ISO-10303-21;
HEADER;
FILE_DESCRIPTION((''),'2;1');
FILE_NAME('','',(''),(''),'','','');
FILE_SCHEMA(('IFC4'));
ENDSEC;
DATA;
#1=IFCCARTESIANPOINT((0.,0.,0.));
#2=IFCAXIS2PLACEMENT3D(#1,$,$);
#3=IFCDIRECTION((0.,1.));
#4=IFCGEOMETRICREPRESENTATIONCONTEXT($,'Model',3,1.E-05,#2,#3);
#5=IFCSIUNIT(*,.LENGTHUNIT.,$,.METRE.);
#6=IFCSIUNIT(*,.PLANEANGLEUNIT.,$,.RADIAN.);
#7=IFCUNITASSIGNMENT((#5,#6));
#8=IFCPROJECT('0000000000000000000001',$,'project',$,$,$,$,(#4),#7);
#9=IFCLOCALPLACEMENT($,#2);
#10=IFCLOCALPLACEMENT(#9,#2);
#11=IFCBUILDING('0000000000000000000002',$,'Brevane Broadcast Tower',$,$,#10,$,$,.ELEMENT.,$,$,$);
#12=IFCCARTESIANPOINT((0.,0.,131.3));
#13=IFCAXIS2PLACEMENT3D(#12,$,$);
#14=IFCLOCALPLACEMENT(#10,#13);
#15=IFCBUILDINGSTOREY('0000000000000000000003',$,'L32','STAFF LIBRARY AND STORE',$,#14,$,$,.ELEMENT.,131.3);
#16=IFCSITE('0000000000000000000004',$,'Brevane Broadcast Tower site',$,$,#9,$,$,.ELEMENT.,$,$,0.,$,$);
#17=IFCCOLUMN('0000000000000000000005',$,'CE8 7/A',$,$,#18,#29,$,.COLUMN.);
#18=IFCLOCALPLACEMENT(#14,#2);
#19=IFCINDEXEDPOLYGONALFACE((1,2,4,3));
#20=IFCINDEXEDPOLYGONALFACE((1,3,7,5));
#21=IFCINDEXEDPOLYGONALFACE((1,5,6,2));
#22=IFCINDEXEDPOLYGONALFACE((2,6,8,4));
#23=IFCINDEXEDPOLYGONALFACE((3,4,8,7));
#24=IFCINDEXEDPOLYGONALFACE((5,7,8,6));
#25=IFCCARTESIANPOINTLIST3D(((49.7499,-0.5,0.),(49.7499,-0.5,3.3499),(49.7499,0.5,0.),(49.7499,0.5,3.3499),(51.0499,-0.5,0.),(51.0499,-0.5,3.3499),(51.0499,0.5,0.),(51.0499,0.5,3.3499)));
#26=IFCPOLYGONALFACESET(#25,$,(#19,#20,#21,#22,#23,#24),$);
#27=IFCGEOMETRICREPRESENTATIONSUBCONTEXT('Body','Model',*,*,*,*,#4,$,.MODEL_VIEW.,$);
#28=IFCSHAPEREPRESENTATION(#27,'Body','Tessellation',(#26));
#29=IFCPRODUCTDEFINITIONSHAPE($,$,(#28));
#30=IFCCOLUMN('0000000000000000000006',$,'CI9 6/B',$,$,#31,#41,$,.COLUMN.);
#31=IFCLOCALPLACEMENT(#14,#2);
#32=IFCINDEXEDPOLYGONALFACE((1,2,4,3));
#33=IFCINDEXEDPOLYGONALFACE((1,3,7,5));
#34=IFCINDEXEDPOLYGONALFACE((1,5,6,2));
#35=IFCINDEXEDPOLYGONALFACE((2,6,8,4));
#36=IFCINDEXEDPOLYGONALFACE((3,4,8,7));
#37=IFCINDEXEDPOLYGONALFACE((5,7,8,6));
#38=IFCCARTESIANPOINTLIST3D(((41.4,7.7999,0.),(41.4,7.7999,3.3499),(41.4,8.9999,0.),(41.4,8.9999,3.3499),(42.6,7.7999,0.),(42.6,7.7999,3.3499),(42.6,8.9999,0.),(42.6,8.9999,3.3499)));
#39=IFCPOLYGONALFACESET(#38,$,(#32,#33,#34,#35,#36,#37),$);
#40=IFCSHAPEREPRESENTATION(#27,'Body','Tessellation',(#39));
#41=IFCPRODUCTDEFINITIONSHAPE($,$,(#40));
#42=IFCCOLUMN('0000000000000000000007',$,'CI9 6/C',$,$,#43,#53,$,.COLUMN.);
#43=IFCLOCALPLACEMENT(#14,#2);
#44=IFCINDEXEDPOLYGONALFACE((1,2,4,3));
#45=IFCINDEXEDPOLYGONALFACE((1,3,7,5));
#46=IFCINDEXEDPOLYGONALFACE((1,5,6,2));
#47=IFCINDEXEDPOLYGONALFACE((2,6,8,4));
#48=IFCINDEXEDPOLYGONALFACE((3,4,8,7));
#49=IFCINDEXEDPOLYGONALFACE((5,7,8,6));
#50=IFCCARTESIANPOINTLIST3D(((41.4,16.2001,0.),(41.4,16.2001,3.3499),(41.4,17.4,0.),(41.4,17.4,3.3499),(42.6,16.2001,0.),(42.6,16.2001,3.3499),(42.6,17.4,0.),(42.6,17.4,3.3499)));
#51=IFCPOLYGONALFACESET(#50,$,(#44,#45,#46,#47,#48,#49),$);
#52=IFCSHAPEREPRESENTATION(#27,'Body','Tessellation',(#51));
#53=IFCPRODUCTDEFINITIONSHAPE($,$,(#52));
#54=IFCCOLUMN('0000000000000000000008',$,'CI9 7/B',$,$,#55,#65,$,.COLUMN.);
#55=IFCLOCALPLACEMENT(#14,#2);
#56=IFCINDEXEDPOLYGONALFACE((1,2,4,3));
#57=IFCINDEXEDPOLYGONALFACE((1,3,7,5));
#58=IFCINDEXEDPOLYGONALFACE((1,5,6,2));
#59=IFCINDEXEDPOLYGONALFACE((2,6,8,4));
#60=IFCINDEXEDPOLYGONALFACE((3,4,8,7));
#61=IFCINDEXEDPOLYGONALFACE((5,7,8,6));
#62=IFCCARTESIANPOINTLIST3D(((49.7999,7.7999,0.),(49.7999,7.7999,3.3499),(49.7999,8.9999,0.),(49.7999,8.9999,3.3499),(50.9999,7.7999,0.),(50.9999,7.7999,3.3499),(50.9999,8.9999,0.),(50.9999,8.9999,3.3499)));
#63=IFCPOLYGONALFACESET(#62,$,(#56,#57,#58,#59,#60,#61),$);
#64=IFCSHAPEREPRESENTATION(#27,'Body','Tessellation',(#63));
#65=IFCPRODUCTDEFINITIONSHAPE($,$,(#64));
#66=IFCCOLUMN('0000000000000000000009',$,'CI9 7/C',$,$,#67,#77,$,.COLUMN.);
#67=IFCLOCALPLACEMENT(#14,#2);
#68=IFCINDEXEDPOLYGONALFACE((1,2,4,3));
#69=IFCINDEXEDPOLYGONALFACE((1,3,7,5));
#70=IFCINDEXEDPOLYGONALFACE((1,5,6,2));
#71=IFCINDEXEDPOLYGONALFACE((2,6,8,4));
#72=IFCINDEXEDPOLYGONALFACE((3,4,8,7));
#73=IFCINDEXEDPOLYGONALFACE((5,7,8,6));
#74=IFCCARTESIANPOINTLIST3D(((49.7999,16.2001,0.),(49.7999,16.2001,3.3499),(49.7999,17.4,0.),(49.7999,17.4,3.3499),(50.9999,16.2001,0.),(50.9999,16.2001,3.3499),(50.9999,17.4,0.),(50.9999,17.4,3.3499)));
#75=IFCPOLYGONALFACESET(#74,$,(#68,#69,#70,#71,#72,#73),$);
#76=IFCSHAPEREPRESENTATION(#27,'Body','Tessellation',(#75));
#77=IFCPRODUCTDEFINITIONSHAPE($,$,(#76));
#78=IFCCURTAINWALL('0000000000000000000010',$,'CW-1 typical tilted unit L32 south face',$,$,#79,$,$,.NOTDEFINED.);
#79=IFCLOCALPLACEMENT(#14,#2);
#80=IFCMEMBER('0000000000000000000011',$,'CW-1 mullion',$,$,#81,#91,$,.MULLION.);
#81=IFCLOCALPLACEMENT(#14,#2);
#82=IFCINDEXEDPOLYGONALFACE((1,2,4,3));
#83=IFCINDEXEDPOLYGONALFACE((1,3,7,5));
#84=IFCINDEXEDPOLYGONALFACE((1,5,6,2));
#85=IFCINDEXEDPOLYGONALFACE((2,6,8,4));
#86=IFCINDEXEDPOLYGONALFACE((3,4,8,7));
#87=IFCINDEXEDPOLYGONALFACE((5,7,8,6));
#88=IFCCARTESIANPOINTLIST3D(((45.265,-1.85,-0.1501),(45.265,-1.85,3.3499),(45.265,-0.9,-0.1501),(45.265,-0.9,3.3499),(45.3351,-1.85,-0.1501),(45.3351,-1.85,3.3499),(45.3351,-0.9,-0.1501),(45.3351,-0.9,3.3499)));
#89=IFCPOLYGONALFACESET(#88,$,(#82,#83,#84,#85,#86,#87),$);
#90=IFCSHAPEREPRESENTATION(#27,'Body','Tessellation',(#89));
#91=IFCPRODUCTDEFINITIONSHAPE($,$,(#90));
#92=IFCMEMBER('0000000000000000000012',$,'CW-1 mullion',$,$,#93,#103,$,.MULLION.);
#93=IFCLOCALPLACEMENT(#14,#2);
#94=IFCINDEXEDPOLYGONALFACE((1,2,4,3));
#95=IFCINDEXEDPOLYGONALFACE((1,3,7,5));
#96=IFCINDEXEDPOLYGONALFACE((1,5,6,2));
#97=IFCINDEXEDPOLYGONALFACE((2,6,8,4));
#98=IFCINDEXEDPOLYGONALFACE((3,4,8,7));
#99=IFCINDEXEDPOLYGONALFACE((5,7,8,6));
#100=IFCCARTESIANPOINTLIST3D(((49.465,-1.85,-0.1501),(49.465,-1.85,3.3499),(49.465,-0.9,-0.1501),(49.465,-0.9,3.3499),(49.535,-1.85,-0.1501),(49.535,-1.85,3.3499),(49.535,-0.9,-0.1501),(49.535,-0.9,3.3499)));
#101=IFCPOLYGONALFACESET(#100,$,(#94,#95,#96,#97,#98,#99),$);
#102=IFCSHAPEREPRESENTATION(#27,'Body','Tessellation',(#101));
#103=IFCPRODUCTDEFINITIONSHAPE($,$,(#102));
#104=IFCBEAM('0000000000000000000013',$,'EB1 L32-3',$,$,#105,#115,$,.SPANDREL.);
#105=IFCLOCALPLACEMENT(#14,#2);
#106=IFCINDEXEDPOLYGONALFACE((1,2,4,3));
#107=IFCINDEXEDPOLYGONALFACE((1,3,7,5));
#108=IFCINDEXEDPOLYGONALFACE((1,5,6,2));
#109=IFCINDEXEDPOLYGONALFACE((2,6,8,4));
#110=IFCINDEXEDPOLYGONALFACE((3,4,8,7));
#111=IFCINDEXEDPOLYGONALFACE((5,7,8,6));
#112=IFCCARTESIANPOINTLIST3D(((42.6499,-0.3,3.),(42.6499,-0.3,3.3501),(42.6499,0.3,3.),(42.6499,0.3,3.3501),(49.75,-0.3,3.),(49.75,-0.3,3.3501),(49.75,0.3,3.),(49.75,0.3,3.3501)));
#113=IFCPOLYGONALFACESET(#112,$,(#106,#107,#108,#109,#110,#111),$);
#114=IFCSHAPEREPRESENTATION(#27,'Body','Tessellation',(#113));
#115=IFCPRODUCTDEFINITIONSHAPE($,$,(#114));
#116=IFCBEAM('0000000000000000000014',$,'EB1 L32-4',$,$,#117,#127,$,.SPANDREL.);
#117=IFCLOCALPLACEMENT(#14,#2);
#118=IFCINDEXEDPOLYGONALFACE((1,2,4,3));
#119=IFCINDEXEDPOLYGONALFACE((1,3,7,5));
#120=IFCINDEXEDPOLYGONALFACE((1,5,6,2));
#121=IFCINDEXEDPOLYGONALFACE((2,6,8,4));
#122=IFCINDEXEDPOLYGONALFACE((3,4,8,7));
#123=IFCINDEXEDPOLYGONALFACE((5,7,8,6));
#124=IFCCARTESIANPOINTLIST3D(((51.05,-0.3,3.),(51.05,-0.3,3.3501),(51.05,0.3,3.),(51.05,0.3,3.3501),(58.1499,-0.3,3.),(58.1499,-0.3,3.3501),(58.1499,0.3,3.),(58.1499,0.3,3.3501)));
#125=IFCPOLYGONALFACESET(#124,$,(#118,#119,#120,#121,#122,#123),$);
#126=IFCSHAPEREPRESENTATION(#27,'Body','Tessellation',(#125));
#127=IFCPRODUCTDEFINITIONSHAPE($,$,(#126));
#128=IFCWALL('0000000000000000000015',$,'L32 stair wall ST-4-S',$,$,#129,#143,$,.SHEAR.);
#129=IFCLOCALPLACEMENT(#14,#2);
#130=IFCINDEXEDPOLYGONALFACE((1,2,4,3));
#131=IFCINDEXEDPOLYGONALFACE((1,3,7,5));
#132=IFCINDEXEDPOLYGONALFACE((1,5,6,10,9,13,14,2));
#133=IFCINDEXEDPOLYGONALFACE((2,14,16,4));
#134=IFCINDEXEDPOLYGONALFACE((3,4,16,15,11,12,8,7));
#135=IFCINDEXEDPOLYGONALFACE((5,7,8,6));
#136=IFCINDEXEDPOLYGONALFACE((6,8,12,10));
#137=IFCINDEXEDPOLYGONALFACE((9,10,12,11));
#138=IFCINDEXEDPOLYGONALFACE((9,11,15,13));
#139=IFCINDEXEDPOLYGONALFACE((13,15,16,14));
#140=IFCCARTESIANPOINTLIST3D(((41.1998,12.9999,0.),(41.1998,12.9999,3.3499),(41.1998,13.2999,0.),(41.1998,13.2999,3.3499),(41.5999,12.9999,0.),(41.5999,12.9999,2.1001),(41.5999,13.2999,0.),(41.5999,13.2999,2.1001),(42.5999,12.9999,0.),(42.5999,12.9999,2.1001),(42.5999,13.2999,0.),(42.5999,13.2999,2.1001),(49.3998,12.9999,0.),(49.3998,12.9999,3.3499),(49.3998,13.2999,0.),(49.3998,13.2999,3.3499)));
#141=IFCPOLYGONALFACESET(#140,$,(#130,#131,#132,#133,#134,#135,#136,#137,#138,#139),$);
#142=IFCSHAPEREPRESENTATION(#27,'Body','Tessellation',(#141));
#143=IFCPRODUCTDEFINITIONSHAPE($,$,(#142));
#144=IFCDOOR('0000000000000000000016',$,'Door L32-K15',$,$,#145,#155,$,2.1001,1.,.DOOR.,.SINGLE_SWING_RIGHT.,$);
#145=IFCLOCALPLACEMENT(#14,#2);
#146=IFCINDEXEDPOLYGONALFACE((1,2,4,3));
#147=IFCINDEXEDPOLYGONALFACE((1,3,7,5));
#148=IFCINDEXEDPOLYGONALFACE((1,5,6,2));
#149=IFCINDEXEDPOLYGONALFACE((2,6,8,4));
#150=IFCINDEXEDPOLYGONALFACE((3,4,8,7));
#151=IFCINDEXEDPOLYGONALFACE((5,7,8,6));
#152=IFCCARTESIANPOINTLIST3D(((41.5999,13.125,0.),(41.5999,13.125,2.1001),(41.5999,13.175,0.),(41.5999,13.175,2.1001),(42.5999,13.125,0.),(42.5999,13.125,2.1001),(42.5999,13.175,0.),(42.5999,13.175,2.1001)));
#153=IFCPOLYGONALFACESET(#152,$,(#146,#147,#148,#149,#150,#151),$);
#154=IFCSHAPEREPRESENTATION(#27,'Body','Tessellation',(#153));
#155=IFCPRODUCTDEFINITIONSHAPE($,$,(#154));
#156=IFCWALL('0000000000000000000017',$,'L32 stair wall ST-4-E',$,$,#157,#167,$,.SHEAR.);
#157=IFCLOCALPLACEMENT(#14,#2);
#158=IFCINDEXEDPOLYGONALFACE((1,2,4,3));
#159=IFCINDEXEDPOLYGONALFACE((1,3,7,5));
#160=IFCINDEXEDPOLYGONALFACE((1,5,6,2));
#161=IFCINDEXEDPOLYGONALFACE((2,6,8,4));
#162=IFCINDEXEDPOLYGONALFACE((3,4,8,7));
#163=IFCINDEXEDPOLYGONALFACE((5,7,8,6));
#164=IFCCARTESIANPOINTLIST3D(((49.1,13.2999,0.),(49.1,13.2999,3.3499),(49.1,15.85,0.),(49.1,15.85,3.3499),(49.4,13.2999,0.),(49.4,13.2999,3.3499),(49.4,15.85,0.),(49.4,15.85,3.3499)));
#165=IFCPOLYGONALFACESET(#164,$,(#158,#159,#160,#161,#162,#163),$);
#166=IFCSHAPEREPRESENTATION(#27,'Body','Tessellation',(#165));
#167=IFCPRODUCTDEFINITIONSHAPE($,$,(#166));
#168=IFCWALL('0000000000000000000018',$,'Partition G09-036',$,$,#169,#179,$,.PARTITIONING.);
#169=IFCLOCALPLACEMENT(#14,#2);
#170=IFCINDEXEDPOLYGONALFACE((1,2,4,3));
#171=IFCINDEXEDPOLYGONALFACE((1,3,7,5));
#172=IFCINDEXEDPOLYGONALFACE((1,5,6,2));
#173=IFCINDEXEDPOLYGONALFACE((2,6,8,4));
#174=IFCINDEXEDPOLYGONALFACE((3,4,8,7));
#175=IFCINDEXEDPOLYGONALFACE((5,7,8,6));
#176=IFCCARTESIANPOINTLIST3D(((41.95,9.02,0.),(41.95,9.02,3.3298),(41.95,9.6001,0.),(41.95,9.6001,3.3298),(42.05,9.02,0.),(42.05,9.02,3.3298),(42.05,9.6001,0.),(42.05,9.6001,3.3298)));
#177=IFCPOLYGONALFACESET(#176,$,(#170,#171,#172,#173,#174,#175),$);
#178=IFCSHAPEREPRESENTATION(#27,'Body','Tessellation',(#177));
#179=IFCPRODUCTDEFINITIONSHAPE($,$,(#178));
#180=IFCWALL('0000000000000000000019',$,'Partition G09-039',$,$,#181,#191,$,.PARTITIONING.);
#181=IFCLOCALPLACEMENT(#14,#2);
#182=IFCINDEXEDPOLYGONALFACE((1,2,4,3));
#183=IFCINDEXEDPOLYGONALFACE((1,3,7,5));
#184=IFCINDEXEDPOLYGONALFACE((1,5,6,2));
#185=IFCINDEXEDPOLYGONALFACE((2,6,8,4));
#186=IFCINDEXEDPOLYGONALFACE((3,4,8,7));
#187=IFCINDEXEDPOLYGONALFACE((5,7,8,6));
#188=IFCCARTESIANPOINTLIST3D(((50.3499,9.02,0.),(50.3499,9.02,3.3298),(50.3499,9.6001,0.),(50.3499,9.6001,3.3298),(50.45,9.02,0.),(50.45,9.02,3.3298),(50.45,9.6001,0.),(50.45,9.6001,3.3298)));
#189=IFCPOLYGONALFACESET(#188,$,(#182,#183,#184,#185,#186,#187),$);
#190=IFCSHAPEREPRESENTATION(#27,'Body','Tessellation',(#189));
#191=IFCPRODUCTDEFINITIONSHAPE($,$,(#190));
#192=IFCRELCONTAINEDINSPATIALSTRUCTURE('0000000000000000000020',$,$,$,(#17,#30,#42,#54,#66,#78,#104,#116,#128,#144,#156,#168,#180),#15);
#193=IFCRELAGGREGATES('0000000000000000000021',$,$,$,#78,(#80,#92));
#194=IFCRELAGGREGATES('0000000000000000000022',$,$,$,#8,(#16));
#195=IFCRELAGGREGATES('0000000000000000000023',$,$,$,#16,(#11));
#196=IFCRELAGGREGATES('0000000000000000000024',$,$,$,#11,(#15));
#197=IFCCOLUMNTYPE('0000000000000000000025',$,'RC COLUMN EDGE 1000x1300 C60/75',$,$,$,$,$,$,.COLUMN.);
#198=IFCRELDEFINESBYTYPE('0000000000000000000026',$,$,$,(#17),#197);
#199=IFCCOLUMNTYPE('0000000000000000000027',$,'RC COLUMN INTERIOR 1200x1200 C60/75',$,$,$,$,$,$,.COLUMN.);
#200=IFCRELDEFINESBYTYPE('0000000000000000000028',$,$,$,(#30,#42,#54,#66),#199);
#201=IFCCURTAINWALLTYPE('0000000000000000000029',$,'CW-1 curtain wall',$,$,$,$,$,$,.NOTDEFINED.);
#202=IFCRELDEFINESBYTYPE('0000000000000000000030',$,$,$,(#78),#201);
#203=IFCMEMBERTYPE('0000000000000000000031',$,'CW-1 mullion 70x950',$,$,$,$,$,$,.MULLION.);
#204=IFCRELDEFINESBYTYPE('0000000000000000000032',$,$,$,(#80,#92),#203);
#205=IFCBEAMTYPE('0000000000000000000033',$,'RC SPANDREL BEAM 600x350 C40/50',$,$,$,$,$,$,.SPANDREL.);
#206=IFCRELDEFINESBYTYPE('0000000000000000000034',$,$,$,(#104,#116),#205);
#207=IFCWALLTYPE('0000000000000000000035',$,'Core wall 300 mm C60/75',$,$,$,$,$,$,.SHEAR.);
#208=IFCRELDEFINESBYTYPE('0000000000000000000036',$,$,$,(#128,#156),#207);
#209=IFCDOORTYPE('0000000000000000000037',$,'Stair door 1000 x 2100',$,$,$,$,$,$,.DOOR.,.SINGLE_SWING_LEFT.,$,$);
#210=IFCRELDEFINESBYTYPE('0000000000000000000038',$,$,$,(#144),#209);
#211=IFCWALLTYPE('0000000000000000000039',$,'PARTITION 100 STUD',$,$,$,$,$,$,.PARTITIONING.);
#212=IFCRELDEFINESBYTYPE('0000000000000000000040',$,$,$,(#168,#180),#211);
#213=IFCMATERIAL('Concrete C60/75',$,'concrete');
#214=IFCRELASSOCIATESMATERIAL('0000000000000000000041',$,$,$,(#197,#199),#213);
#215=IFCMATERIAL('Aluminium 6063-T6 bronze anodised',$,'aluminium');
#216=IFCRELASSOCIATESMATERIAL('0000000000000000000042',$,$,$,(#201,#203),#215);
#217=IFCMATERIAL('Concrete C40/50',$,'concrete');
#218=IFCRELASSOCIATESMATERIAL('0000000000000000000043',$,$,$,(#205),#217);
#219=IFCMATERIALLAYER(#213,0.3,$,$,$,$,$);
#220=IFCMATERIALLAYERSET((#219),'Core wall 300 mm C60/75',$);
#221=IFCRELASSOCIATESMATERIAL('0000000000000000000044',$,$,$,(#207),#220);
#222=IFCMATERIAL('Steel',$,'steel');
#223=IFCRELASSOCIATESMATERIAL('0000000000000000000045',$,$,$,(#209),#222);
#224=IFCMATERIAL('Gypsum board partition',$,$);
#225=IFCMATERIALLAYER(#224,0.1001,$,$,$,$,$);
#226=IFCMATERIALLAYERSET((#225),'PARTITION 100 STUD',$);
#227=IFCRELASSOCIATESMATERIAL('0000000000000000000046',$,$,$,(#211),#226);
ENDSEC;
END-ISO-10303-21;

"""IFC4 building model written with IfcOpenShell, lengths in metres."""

from ifc_helpers import new_model, si_unit, direction, frame, frame_2d, origin, origin_2d, place, context, subcontext, project, spatial, rectangle, extrude, material, layer, layer_set, material_profile, profile_set, type_object, element, fill, aggregate, save


model = new_model("IFC4")

# Units and contexts
model_context = context("Model", 3, precision=1e-05, world=origin(), true_north=direction((0.0, 1.0)))
body_context = subcontext(model_context, "Body", "Model", "MODEL_VIEW")
ifc_project = project(units=[si_unit("LENGTHUNIT", "METRE"), si_unit("PLANEANGLEUNIT", "RADIAN")], contexts=[model_context])

# Site, building, storey
site_placement = place(None, origin())
site = spatial("IfcSite", under=ifc_project, at=site_placement, Name="Brevane Broadcast Tower site", CompositionType="ELEMENT", RefElevation=0.0)
building_placement = place(site_placement, origin())
building = spatial("IfcBuilding", under=site, at=building_placement, Name="Brevane Broadcast Tower", CompositionType="ELEMENT")
storey_placement = place(building_placement, frame((0.0, 0.0, 131.3)))
storey = spatial("IfcBuildingStorey", under=building, at=storey_placement, Name="L32", Description="STAFF LIBRARY AND STORE", CompositionType="ELEMENT", Elevation=131.3)

# Columns
ifc_material_1 = material(Name="Concrete C60/75", Category="concrete")
ifc_material_profile_1 = material_profile(ifc_material_1, rectangle(XDim=1.0, YDim=1.3, at=origin_2d()), Name="RC 1000x1300")
ifc_profile_set_1 = profile_set([ifc_material_profile_1], Name="Concrete C60/75")
column_type_1 = type_object("IfcColumnType", Name="RC COLUMN EDGE 1000x1300 C60/75", PredefinedType="COLUMN", material=ifc_profile_set_1)
column_placement = place(storey_placement, frame((50.3999, 0.0, 0.0), z_axis=(0.0, 0.0, 1.0), x_axis=(0.0, 1.0, 0.0)))
element("IfcColumn", 1, at=column_placement, inside=storey, type_object=column_type_1, Name="CE8 7/A", PredefinedType="COLUMN", context=body_context, shape_type="SweptSolid", body=[
    extrude(rectangle(XDim=1.0, YDim=1.3, at=origin_2d()), origin(), (0.0, 0.0, 1.0), 3.3499),
])
ifc_material_profile_2 = material_profile(ifc_material_1, rectangle(XDim=1.2, YDim=1.2, at=origin_2d()), Name="RC 1200x1200")
ifc_profile_set_2 = profile_set([ifc_material_profile_2], Name="Concrete C60/75")
column_type_2 = type_object("IfcColumnType", Name="RC COLUMN INTERIOR 1200x1200 C60/75", PredefinedType="COLUMN", material=ifc_profile_set_2)
for number, where, z_axis, x_axis, name in (
    (2, (42.0, 8.3999, 0.0), (0.0, 0.0, 1.0), (1.0, 0.0, 0.0), "CI9 6/B"),
    (3, (42.0, 16.8, 0.0), (0.0, 0.0, 1.0), (1.0, 0.0, 0.0), "CI9 6/C"),
    (4, (50.3999, 8.3999, 0.0), (0.0, 0.0, 1.0), (1.0, 0.0, 0.0), "CI9 7/B"),
    (5, (50.3999, 16.8, 0.0), (0.0, 0.0, 1.0), (1.0, 0.0, 0.0), "CI9 7/C"),
):
    element("IfcColumn", number, at=place(storey_placement, frame(where, z_axis=z_axis, x_axis=x_axis)), inside=storey, type_object=column_type_2, Name=name, PredefinedType="COLUMN", context=body_context, shape_type="SweptSolid", body=[
        extrude(rectangle(XDim=1.2, YDim=1.2, at=origin_2d()), origin(), (0.0, 0.0, 1.0), 3.3499),
    ])

# Curtain wall, members
ifc_material_2 = material(Name="Aluminium 6063-T6 bronze anodised", Category="aluminium")
curtain_wall_type = type_object("IfcCurtainWallType", Name="CW-1 curtain wall", PredefinedType="NOTDEFINED", material=ifc_material_2)
curtain_wall_placement = place(storey_placement, origin())
curtain_wall = element("IfcCurtainWall", 6, at=curtain_wall_placement, inside=storey, type_object=curtain_wall_type, Name="CW-1 typical tilted unit L32 south face", PredefinedType="NOTDEFINED")
ifc_material_profile_3 = material_profile(ifc_material_2, rectangle(XDim=0.95, YDim=0.0701, at=origin_2d()), Name="RECT 70x950")
ifc_profile_set_3 = profile_set([ifc_material_profile_3], Name="Aluminium 6063-T6 bronze anodised")
member_type = type_object("IfcMemberType", Name="CW-1 mullion 70x950", PredefinedType="MULLION", material=ifc_profile_set_3)
member_1_placement = place(storey_placement, frame((45.3, -1.375, -0.1501), z_axis=(0.0, 0.0, 1.0), x_axis=(0.0, 1.0, 0.0)))
member_1 = element("IfcMember", 7, at=member_1_placement, type_object=member_type, Name="CW-1 mullion", PredefinedType="MULLION", context=body_context, shape_type="SweptSolid", body=[
    extrude(rectangle(XDim=0.95, YDim=0.0701, at=origin_2d()), origin(), (0.0, 0.0, 1.0), 3.5),
])
member_2_placement = place(storey_placement, frame((49.5, -1.375, -0.1501), z_axis=(0.0, 0.0, 1.0), x_axis=(0.0, 1.0, 0.0)))
member_2 = element("IfcMember", 8, at=member_2_placement, type_object=member_type, Name="CW-1 mullion", PredefinedType="MULLION", context=body_context, shape_type="SweptSolid", body=[
    extrude(rectangle(XDim=0.95, YDim=0.0701, at=origin_2d()), origin(), (0.0, 0.0, 1.0), 3.5),
])
aggregate(curtain_wall, [member_1, member_2])

# Beams
ifc_material_3 = material(Name="Concrete C40/50", Category="concrete")
ifc_material_profile_4 = material_profile(ifc_material_3, rectangle(XDim=0.6001, YDim=0.3501, at=origin_2d()), Name="RC 600x350")
ifc_profile_set_4 = profile_set([ifc_material_profile_4], Name="Concrete C40/50")
beam_type = type_object("IfcBeamType", Name="RC SPANDREL BEAM 600x350 C40/50", PredefinedType="SPANDREL", material=ifc_profile_set_4)
beam_1_placement = place(storey_placement, frame((42.6499, 0.0, 3.175), z_axis=(1.0, 0.0, 0.0), x_axis=(0.0, 1.0, 0.0)))
element("IfcBeam", 9, at=beam_1_placement, inside=storey, type_object=beam_type, Name="EB1 L32-3", PredefinedType="SPANDREL", context=body_context, shape_type="SweptSolid", body=[
    extrude(rectangle(XDim=0.6001, YDim=0.3501, at=origin_2d()), origin(), (0.0, 0.0, 1.0), 7.1001),
])
beam_2_placement = place(storey_placement, frame((51.05, 0.0, 3.175), z_axis=(1.0, 0.0, 0.0), x_axis=(0.0, 1.0, 0.0)))
element("IfcBeam", 10, at=beam_2_placement, inside=storey, type_object=beam_type, Name="EB1 L32-4", PredefinedType="SPANDREL", context=body_context, shape_type="SweptSolid", body=[
    extrude(rectangle(XDim=0.6001, YDim=0.3501, at=origin_2d()), origin(), (0.0, 0.0, 1.0), 7.0999),
])

# Wall, opening, door
ifc_layer_1 = layer(ifc_material_1, 0.3)
ifc_layer_set_1 = layer_set([ifc_layer_1], Name="Core wall 300 mm C60/75")
wall_type_1 = type_object("IfcWallType", Name="Core wall 300 mm C60/75", PredefinedType="SHEAR", material=ifc_layer_set_1)
wall_1_placement = place(storey_placement, frame((49.3999, 13.1499, 0.0), z_axis=(0.0, 0.0, 1.0), x_axis=(-1.0, 0.0, 0.0)))
wall_1 = element("IfcWall", 11, at=wall_1_placement, inside=storey, type_object=wall_type_1, Name="L32 stair wall ST-4-S", PredefinedType="SHEAR", context=body_context, shape_type="SweptSolid", body=[
    extrude(rectangle(XDim=8.2, YDim=0.3, at=frame_2d((4.1001, 0.0))), origin(), (0.0, 0.0, 1.0), 3.3499),
])
opening_1_placement = place(wall_1_placement, frame((6.8, 0.0, 0.0)))
opening_1 = element("IfcOpeningElement", 12, at=opening_1_placement, cuts=wall_1, PredefinedType="OPENING", context=body_context, shape_type="SweptSolid", body=[
    extrude(rectangle(XDim=1.0, YDim=2.1001, at=frame_2d((0.5, 1.05))), frame((0.0, 0.1599, 0.0), z_axis=(0.0, -1.0, 0.0), x_axis=(1.0, 0.0, 0.0)), (0.0, 0.0, 1.0), 0.3201),
])
ifc_material_4 = material(Name="Steel", Category="steel")
door_type_1 = type_object("IfcDoorType", Name="Stair door 1000 x 2100", OperationType="SINGLE_SWING_LEFT", PredefinedType="DOOR", material=ifc_material_4)
door_1_placement = place(opening_1_placement, origin())
door_1 = element("IfcDoor", 13, at=door_1_placement, inside=storey, type_object=door_type_1, Name="Door L32-K15", OperationType="SINGLE_SWING_RIGHT", OverallHeight=2.1001, OverallWidth=1.0, PredefinedType="DOOR", context=body_context, shape_type="SweptSolid", body=[
    extrude(rectangle(XDim=1.0, YDim=2.1001, at=frame_2d((0.5, 1.05))), frame((0.0, 0.0249, 0.0), z_axis=(0.0, -1.0, 0.0), x_axis=(1.0, 0.0, 0.0)), (0.0, 0.0, 1.0), 0.05),
])
fill(opening_1, door_1)

# Walls
wall_2_placement = place(storey_placement, frame((49.25, 13.3, 0.0), z_axis=(0.0, 0.0, 1.0), x_axis=(0.0, 1.0, 0.0)))
element("IfcWall", 14, at=wall_2_placement, inside=storey, type_object=wall_type_1, Name="L32 stair wall ST-4-E", PredefinedType="SHEAR", context=body_context, shape_type="SweptSolid", body=[
    extrude(rectangle(XDim=2.55, YDim=0.3, at=frame_2d((1.2749, 0.0))), origin(), (0.0, 0.0, 1.0), 3.3499),
])
ifc_material_5 = material(Name="Gypsum board partition")
ifc_layer_2 = layer(ifc_material_5, 0.1001)
ifc_layer_set_2 = layer_set([ifc_layer_2], Name="PARTITION 100 STUD")
wall_type_2 = type_object("IfcWallType", Name="PARTITION 100 STUD", PredefinedType="PARTITIONING", material=ifc_layer_set_2)
for number, where, z_axis, x_axis, name in (
    (15, (42.0, 9.6001, 0.0), (0.0, 0.0, 1.0), (0.0, -1.0, 0.0), "Partition G09-036"),
    (16, (50.3999, 9.6001, 0.0), (0.0, 0.0, 1.0), (0.0, -1.0, 0.0), "Partition G09-039"),
):
    element("IfcWall", number, at=place(storey_placement, frame(where, z_axis=z_axis, x_axis=x_axis)), inside=storey, type_object=wall_type_2, Name=name, PredefinedType="PARTITIONING", context=body_context, shape_type="SweptSolid", body=[
        extrude(rectangle(XDim=0.5801, YDim=0.1001, at=frame_2d((0.29, 0.0))), origin(), (0.0, 0.0, 1.0), 3.3298),
    ])

save(model, "model.ifc")
